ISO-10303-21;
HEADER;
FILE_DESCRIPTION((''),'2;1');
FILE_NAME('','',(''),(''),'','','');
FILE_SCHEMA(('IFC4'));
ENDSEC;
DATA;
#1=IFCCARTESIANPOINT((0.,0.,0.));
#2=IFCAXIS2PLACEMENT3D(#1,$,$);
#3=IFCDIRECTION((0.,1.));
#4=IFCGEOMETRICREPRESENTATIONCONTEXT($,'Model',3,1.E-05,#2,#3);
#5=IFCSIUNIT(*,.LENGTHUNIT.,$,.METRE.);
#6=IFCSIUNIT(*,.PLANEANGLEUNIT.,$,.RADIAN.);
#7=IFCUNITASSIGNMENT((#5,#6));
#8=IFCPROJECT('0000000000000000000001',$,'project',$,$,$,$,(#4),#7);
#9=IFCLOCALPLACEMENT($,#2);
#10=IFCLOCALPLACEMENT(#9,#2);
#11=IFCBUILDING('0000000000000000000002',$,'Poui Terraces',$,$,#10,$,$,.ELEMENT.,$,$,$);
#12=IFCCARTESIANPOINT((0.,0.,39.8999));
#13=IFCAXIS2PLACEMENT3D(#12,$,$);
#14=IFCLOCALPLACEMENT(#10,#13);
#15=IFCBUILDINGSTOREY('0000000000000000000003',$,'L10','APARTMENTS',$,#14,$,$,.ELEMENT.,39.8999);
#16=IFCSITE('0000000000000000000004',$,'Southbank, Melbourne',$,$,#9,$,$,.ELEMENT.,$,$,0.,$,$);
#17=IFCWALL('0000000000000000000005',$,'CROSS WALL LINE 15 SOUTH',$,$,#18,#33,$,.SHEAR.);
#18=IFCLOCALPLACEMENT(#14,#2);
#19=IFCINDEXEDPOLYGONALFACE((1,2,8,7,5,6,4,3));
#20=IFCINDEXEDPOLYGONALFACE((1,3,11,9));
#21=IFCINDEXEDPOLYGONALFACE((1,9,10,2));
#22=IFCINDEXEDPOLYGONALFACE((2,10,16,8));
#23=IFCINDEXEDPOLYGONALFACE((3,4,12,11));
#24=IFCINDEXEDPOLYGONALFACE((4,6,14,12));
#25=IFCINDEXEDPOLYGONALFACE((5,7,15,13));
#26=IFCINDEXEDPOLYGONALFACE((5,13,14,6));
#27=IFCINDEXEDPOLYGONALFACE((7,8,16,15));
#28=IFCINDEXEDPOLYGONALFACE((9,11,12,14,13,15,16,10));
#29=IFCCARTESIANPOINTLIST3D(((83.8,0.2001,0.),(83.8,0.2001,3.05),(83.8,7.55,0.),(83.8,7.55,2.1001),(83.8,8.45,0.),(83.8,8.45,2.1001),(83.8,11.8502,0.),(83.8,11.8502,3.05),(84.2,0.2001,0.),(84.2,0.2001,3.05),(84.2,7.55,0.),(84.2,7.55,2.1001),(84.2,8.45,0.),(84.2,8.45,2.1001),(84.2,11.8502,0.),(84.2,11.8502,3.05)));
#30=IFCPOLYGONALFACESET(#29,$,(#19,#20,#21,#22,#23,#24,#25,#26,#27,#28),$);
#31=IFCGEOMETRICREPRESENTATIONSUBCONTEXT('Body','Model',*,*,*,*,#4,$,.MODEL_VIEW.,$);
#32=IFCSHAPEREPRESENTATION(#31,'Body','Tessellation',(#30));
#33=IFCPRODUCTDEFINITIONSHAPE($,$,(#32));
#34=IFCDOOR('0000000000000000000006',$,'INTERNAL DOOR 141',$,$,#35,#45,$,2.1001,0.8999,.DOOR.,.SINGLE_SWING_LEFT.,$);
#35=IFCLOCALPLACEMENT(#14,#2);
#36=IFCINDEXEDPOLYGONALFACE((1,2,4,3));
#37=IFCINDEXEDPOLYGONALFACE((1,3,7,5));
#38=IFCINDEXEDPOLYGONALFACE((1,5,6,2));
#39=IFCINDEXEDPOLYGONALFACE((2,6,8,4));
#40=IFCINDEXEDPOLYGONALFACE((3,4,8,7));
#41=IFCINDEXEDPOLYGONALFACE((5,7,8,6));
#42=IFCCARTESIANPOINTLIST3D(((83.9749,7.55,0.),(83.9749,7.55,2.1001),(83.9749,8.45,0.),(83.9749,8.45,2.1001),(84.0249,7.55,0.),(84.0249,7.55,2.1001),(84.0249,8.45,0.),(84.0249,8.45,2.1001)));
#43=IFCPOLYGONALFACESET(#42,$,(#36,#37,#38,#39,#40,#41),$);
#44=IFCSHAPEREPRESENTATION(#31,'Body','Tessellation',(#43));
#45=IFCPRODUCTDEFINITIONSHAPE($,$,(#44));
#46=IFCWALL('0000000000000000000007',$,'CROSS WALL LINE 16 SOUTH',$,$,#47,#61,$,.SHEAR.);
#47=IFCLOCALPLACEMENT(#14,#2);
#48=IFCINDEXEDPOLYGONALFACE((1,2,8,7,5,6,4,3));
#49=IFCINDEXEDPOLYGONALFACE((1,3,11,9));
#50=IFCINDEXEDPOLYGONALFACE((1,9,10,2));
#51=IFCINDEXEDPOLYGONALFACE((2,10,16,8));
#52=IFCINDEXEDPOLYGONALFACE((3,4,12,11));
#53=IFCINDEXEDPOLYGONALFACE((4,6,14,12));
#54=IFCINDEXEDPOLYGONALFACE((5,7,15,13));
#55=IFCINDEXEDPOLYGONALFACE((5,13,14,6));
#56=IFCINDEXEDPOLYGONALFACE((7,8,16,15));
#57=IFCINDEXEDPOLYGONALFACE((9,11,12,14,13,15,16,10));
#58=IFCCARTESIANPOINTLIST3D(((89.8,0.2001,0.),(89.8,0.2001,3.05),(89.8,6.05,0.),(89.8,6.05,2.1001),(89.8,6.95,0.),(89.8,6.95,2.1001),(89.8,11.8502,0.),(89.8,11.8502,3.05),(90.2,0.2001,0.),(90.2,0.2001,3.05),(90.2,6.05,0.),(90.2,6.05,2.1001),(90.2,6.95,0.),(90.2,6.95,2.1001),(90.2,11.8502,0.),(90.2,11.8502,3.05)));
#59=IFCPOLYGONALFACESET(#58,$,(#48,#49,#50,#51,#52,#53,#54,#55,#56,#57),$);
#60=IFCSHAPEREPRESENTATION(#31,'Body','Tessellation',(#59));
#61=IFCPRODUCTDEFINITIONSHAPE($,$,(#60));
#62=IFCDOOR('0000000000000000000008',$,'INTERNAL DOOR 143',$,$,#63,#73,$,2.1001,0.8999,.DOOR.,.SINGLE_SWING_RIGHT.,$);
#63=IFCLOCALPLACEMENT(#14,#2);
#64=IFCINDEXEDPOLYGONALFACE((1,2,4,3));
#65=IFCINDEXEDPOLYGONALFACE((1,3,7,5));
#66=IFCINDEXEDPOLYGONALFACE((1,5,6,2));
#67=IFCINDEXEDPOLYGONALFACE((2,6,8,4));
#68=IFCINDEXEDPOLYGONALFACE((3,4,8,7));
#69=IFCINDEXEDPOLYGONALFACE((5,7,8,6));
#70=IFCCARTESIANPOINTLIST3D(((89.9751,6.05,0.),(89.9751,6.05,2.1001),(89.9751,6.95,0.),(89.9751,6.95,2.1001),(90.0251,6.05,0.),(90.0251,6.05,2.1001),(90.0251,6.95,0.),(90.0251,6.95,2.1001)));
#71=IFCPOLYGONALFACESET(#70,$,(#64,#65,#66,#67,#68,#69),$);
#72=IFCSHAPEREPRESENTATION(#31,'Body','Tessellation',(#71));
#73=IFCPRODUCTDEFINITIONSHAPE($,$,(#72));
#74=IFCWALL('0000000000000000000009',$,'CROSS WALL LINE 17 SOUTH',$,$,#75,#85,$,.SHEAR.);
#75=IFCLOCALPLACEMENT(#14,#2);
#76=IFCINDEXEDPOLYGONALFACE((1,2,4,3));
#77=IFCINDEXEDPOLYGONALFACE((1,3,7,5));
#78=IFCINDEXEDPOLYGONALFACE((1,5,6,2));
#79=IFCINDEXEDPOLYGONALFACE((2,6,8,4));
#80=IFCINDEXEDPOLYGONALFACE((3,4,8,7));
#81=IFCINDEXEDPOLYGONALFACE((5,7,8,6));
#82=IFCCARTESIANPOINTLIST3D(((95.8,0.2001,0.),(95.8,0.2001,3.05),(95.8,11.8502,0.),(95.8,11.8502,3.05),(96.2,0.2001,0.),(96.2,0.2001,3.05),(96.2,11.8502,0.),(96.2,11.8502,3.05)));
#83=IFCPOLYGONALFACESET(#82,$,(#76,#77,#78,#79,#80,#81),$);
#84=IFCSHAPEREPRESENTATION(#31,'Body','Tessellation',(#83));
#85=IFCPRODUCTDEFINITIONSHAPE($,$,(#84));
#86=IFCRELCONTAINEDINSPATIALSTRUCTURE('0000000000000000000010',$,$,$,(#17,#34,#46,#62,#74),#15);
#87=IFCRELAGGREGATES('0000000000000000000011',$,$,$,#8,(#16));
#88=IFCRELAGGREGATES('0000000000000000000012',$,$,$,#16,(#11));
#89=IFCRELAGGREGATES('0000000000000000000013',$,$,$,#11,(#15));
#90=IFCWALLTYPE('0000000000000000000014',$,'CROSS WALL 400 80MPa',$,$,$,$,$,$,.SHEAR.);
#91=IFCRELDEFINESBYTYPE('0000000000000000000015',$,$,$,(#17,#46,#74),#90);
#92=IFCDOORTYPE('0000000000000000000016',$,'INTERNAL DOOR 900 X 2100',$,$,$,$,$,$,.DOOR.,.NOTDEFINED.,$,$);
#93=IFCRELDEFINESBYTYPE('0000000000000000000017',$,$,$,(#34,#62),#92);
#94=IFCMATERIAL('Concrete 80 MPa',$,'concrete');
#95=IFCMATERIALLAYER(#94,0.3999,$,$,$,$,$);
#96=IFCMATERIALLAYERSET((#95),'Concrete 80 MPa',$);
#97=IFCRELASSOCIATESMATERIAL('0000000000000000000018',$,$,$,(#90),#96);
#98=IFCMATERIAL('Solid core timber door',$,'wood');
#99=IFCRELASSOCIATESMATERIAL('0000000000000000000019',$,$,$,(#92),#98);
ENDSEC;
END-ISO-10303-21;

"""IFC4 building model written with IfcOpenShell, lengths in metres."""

from ifc_helpers import new_model, si_unit, direction, frame, frame_2d, origin, place, context, subcontext, project, spatial, rectangle, extrude, material, layer, layer_set, type_object, element, fill, save


model = new_model("IFC4")

# Units and contexts
model_context = context("Model", 3, precision=1e-05, world=origin(), true_north=direction((0.0, 1.0)))
body_context = subcontext(model_context, "Body", "Model", "MODEL_VIEW")
ifc_project = project(units=[si_unit("LENGTHUNIT", "METRE"), si_unit("PLANEANGLEUNIT", "RADIAN")], contexts=[model_context])

# Site, building, storey
site_placement = place(None, origin())
site = spatial("IfcSite", under=ifc_project, at=site_placement, Name="Southbank, Melbourne", CompositionType="ELEMENT", RefElevation=0.0)
building_placement = place(site_placement, origin())
building = spatial("IfcBuilding", under=site, at=building_placement, Name="Poui Terraces", CompositionType="ELEMENT")
storey_placement = place(building_placement, frame((0.0, 0.0, 39.8999)))
storey = spatial("IfcBuildingStorey", under=building, at=storey_placement, Name="L10", Description="APARTMENTS", CompositionType="ELEMENT", Elevation=39.8999)

# Walls, openings, doors
ifc_material_1 = material(Name="Concrete 80 MPa", Category="concrete")
ifc_layer_1 = layer(ifc_material_1, 0.3999)
ifc_layer_set_1 = layer_set([ifc_layer_1], Name="Concrete 80 MPa")
wall_type_1 = type_object("IfcWallType", Name="CROSS WALL 400 80MPa", PredefinedType="SHEAR", material=ifc_layer_set_1)
wall_1_placement = place(storey_placement, frame((84.0, 0.2, 0.0), z_axis=(0.0, 0.0, 1.0), x_axis=(0.0, 1.0, 0.0)))
wall_1 = element("IfcWall", 1, at=wall_1_placement, inside=storey, type_object=wall_type_1, Name="CROSS WALL LINE 15 SOUTH", PredefinedType="SHEAR", context=body_context, shape_type="SweptSolid", body=[
    extrude(rectangle(XDim=11.6501, YDim=0.3999, at=frame_2d((5.8252, 0.0))), origin(), (0.0, 0.0, 1.0), 3.05),
])
opening_1_placement = place(wall_1_placement, frame((7.3501, 0.0, 0.0)))
opening_1 = element("IfcOpeningElement", 2, at=opening_1_placement, cuts=wall_1, PredefinedType="OPENING", context=body_context, shape_type="SweptSolid", body=[
    extrude(rectangle(XDim=0.8999, YDim=2.1001, at=frame_2d((0.45, 1.05))), frame((0.0, 0.21, 0.0), z_axis=(0.0, -1.0, 0.0), x_axis=(1.0, 0.0, 0.0)), (0.0, 0.0, 1.0), 0.4199),
])
ifc_material_2 = material(Name="Solid core timber door", Category="wood")
door_type_1 = type_object("IfcDoorType", Name="INTERNAL DOOR 900 X 2100", OperationType="NOTDEFINED", PredefinedType="DOOR", material=ifc_material_2)
door_1_placement = place(opening_1_placement, frame((0.8999, 0.0, 0.0), z_axis=(0.0, 0.0, 1.0), x_axis=(-1.0, 0.0, 0.0)))
door_1 = element("IfcDoor", 3, at=door_1_placement, inside=storey, type_object=door_type_1, Name="INTERNAL DOOR 141", OperationType="SINGLE_SWING_LEFT", OverallHeight=2.1001, OverallWidth=0.8999, PredefinedType="DOOR", context=body_context, shape_type="SweptSolid", body=[
    extrude(rectangle(XDim=0.8999, YDim=2.1001, at=frame_2d((0.45, 1.05))), frame((0.0, 0.0249, 0.0), z_axis=(0.0, -1.0, 0.0), x_axis=(1.0, 0.0, 0.0)), (0.0, 0.0, 1.0), 0.05),
])
fill(opening_1, door_1)
wall_2_placement = place(storey_placement, frame((90.0, 0.2, 0.0), z_axis=(0.0, 0.0, 1.0), x_axis=(0.0, 1.0, 0.0)))
wall_2 = element("IfcWall", 4, at=wall_2_placement, inside=storey, type_object=wall_type_1, Name="CROSS WALL LINE 16 SOUTH", PredefinedType="SHEAR", context=body_context, shape_type="SweptSolid", body=[
    extrude(rectangle(XDim=11.6501, YDim=0.3999, at=frame_2d((5.8252, 0.0))), origin(), (0.0, 0.0, 1.0), 3.05),
])
opening_2_placement = place(wall_2_placement, frame((5.8501, 0.0, 0.0)))
opening_2 = element("IfcOpeningElement", 5, at=opening_2_placement, cuts=wall_2, PredefinedType="OPENING", context=body_context, shape_type="SweptSolid", body=[
    extrude(rectangle(XDim=0.8999, YDim=2.1001, at=frame_2d((0.45, 1.05))), frame((0.0, 0.21, 0.0), z_axis=(0.0, -1.0, 0.0), x_axis=(1.0, 0.0, 0.0)), (0.0, 0.0, 1.0), 0.4199),
])
door_2_placement = place(opening_2_placement, origin())
door_2 = element("IfcDoor", 6, at=door_2_placement, inside=storey, type_object=door_type_1, Name="INTERNAL DOOR 143", OperationType="SINGLE_SWING_RIGHT", OverallHeight=2.1001, OverallWidth=0.8999, PredefinedType="DOOR", context=body_context, shape_type="SweptSolid", body=[
    extrude(rectangle(XDim=0.8999, YDim=2.1001, at=frame_2d((0.45, 1.05))), frame((0.0, 0.0249, 0.0), z_axis=(0.0, -1.0, 0.0), x_axis=(1.0, 0.0, 0.0)), (0.0, 0.0, 1.0), 0.05),
])
fill(opening_2, door_2)

# Wall
wall_3_placement = place(storey_placement, frame((96.0, 0.2, 0.0), z_axis=(0.0, 0.0, 1.0), x_axis=(0.0, 1.0, 0.0)))
element("IfcWall", 7, at=wall_3_placement, inside=storey, type_object=wall_type_1, Name="CROSS WALL LINE 17 SOUTH", PredefinedType="SHEAR", context=body_context, shape_type="SweptSolid", body=[
    extrude(rectangle(XDim=11.6501, YDim=0.3999, at=frame_2d((5.8252, 0.0))), origin(), (0.0, 0.0, 1.0), 3.05),
])

save(model, "model.ifc")
